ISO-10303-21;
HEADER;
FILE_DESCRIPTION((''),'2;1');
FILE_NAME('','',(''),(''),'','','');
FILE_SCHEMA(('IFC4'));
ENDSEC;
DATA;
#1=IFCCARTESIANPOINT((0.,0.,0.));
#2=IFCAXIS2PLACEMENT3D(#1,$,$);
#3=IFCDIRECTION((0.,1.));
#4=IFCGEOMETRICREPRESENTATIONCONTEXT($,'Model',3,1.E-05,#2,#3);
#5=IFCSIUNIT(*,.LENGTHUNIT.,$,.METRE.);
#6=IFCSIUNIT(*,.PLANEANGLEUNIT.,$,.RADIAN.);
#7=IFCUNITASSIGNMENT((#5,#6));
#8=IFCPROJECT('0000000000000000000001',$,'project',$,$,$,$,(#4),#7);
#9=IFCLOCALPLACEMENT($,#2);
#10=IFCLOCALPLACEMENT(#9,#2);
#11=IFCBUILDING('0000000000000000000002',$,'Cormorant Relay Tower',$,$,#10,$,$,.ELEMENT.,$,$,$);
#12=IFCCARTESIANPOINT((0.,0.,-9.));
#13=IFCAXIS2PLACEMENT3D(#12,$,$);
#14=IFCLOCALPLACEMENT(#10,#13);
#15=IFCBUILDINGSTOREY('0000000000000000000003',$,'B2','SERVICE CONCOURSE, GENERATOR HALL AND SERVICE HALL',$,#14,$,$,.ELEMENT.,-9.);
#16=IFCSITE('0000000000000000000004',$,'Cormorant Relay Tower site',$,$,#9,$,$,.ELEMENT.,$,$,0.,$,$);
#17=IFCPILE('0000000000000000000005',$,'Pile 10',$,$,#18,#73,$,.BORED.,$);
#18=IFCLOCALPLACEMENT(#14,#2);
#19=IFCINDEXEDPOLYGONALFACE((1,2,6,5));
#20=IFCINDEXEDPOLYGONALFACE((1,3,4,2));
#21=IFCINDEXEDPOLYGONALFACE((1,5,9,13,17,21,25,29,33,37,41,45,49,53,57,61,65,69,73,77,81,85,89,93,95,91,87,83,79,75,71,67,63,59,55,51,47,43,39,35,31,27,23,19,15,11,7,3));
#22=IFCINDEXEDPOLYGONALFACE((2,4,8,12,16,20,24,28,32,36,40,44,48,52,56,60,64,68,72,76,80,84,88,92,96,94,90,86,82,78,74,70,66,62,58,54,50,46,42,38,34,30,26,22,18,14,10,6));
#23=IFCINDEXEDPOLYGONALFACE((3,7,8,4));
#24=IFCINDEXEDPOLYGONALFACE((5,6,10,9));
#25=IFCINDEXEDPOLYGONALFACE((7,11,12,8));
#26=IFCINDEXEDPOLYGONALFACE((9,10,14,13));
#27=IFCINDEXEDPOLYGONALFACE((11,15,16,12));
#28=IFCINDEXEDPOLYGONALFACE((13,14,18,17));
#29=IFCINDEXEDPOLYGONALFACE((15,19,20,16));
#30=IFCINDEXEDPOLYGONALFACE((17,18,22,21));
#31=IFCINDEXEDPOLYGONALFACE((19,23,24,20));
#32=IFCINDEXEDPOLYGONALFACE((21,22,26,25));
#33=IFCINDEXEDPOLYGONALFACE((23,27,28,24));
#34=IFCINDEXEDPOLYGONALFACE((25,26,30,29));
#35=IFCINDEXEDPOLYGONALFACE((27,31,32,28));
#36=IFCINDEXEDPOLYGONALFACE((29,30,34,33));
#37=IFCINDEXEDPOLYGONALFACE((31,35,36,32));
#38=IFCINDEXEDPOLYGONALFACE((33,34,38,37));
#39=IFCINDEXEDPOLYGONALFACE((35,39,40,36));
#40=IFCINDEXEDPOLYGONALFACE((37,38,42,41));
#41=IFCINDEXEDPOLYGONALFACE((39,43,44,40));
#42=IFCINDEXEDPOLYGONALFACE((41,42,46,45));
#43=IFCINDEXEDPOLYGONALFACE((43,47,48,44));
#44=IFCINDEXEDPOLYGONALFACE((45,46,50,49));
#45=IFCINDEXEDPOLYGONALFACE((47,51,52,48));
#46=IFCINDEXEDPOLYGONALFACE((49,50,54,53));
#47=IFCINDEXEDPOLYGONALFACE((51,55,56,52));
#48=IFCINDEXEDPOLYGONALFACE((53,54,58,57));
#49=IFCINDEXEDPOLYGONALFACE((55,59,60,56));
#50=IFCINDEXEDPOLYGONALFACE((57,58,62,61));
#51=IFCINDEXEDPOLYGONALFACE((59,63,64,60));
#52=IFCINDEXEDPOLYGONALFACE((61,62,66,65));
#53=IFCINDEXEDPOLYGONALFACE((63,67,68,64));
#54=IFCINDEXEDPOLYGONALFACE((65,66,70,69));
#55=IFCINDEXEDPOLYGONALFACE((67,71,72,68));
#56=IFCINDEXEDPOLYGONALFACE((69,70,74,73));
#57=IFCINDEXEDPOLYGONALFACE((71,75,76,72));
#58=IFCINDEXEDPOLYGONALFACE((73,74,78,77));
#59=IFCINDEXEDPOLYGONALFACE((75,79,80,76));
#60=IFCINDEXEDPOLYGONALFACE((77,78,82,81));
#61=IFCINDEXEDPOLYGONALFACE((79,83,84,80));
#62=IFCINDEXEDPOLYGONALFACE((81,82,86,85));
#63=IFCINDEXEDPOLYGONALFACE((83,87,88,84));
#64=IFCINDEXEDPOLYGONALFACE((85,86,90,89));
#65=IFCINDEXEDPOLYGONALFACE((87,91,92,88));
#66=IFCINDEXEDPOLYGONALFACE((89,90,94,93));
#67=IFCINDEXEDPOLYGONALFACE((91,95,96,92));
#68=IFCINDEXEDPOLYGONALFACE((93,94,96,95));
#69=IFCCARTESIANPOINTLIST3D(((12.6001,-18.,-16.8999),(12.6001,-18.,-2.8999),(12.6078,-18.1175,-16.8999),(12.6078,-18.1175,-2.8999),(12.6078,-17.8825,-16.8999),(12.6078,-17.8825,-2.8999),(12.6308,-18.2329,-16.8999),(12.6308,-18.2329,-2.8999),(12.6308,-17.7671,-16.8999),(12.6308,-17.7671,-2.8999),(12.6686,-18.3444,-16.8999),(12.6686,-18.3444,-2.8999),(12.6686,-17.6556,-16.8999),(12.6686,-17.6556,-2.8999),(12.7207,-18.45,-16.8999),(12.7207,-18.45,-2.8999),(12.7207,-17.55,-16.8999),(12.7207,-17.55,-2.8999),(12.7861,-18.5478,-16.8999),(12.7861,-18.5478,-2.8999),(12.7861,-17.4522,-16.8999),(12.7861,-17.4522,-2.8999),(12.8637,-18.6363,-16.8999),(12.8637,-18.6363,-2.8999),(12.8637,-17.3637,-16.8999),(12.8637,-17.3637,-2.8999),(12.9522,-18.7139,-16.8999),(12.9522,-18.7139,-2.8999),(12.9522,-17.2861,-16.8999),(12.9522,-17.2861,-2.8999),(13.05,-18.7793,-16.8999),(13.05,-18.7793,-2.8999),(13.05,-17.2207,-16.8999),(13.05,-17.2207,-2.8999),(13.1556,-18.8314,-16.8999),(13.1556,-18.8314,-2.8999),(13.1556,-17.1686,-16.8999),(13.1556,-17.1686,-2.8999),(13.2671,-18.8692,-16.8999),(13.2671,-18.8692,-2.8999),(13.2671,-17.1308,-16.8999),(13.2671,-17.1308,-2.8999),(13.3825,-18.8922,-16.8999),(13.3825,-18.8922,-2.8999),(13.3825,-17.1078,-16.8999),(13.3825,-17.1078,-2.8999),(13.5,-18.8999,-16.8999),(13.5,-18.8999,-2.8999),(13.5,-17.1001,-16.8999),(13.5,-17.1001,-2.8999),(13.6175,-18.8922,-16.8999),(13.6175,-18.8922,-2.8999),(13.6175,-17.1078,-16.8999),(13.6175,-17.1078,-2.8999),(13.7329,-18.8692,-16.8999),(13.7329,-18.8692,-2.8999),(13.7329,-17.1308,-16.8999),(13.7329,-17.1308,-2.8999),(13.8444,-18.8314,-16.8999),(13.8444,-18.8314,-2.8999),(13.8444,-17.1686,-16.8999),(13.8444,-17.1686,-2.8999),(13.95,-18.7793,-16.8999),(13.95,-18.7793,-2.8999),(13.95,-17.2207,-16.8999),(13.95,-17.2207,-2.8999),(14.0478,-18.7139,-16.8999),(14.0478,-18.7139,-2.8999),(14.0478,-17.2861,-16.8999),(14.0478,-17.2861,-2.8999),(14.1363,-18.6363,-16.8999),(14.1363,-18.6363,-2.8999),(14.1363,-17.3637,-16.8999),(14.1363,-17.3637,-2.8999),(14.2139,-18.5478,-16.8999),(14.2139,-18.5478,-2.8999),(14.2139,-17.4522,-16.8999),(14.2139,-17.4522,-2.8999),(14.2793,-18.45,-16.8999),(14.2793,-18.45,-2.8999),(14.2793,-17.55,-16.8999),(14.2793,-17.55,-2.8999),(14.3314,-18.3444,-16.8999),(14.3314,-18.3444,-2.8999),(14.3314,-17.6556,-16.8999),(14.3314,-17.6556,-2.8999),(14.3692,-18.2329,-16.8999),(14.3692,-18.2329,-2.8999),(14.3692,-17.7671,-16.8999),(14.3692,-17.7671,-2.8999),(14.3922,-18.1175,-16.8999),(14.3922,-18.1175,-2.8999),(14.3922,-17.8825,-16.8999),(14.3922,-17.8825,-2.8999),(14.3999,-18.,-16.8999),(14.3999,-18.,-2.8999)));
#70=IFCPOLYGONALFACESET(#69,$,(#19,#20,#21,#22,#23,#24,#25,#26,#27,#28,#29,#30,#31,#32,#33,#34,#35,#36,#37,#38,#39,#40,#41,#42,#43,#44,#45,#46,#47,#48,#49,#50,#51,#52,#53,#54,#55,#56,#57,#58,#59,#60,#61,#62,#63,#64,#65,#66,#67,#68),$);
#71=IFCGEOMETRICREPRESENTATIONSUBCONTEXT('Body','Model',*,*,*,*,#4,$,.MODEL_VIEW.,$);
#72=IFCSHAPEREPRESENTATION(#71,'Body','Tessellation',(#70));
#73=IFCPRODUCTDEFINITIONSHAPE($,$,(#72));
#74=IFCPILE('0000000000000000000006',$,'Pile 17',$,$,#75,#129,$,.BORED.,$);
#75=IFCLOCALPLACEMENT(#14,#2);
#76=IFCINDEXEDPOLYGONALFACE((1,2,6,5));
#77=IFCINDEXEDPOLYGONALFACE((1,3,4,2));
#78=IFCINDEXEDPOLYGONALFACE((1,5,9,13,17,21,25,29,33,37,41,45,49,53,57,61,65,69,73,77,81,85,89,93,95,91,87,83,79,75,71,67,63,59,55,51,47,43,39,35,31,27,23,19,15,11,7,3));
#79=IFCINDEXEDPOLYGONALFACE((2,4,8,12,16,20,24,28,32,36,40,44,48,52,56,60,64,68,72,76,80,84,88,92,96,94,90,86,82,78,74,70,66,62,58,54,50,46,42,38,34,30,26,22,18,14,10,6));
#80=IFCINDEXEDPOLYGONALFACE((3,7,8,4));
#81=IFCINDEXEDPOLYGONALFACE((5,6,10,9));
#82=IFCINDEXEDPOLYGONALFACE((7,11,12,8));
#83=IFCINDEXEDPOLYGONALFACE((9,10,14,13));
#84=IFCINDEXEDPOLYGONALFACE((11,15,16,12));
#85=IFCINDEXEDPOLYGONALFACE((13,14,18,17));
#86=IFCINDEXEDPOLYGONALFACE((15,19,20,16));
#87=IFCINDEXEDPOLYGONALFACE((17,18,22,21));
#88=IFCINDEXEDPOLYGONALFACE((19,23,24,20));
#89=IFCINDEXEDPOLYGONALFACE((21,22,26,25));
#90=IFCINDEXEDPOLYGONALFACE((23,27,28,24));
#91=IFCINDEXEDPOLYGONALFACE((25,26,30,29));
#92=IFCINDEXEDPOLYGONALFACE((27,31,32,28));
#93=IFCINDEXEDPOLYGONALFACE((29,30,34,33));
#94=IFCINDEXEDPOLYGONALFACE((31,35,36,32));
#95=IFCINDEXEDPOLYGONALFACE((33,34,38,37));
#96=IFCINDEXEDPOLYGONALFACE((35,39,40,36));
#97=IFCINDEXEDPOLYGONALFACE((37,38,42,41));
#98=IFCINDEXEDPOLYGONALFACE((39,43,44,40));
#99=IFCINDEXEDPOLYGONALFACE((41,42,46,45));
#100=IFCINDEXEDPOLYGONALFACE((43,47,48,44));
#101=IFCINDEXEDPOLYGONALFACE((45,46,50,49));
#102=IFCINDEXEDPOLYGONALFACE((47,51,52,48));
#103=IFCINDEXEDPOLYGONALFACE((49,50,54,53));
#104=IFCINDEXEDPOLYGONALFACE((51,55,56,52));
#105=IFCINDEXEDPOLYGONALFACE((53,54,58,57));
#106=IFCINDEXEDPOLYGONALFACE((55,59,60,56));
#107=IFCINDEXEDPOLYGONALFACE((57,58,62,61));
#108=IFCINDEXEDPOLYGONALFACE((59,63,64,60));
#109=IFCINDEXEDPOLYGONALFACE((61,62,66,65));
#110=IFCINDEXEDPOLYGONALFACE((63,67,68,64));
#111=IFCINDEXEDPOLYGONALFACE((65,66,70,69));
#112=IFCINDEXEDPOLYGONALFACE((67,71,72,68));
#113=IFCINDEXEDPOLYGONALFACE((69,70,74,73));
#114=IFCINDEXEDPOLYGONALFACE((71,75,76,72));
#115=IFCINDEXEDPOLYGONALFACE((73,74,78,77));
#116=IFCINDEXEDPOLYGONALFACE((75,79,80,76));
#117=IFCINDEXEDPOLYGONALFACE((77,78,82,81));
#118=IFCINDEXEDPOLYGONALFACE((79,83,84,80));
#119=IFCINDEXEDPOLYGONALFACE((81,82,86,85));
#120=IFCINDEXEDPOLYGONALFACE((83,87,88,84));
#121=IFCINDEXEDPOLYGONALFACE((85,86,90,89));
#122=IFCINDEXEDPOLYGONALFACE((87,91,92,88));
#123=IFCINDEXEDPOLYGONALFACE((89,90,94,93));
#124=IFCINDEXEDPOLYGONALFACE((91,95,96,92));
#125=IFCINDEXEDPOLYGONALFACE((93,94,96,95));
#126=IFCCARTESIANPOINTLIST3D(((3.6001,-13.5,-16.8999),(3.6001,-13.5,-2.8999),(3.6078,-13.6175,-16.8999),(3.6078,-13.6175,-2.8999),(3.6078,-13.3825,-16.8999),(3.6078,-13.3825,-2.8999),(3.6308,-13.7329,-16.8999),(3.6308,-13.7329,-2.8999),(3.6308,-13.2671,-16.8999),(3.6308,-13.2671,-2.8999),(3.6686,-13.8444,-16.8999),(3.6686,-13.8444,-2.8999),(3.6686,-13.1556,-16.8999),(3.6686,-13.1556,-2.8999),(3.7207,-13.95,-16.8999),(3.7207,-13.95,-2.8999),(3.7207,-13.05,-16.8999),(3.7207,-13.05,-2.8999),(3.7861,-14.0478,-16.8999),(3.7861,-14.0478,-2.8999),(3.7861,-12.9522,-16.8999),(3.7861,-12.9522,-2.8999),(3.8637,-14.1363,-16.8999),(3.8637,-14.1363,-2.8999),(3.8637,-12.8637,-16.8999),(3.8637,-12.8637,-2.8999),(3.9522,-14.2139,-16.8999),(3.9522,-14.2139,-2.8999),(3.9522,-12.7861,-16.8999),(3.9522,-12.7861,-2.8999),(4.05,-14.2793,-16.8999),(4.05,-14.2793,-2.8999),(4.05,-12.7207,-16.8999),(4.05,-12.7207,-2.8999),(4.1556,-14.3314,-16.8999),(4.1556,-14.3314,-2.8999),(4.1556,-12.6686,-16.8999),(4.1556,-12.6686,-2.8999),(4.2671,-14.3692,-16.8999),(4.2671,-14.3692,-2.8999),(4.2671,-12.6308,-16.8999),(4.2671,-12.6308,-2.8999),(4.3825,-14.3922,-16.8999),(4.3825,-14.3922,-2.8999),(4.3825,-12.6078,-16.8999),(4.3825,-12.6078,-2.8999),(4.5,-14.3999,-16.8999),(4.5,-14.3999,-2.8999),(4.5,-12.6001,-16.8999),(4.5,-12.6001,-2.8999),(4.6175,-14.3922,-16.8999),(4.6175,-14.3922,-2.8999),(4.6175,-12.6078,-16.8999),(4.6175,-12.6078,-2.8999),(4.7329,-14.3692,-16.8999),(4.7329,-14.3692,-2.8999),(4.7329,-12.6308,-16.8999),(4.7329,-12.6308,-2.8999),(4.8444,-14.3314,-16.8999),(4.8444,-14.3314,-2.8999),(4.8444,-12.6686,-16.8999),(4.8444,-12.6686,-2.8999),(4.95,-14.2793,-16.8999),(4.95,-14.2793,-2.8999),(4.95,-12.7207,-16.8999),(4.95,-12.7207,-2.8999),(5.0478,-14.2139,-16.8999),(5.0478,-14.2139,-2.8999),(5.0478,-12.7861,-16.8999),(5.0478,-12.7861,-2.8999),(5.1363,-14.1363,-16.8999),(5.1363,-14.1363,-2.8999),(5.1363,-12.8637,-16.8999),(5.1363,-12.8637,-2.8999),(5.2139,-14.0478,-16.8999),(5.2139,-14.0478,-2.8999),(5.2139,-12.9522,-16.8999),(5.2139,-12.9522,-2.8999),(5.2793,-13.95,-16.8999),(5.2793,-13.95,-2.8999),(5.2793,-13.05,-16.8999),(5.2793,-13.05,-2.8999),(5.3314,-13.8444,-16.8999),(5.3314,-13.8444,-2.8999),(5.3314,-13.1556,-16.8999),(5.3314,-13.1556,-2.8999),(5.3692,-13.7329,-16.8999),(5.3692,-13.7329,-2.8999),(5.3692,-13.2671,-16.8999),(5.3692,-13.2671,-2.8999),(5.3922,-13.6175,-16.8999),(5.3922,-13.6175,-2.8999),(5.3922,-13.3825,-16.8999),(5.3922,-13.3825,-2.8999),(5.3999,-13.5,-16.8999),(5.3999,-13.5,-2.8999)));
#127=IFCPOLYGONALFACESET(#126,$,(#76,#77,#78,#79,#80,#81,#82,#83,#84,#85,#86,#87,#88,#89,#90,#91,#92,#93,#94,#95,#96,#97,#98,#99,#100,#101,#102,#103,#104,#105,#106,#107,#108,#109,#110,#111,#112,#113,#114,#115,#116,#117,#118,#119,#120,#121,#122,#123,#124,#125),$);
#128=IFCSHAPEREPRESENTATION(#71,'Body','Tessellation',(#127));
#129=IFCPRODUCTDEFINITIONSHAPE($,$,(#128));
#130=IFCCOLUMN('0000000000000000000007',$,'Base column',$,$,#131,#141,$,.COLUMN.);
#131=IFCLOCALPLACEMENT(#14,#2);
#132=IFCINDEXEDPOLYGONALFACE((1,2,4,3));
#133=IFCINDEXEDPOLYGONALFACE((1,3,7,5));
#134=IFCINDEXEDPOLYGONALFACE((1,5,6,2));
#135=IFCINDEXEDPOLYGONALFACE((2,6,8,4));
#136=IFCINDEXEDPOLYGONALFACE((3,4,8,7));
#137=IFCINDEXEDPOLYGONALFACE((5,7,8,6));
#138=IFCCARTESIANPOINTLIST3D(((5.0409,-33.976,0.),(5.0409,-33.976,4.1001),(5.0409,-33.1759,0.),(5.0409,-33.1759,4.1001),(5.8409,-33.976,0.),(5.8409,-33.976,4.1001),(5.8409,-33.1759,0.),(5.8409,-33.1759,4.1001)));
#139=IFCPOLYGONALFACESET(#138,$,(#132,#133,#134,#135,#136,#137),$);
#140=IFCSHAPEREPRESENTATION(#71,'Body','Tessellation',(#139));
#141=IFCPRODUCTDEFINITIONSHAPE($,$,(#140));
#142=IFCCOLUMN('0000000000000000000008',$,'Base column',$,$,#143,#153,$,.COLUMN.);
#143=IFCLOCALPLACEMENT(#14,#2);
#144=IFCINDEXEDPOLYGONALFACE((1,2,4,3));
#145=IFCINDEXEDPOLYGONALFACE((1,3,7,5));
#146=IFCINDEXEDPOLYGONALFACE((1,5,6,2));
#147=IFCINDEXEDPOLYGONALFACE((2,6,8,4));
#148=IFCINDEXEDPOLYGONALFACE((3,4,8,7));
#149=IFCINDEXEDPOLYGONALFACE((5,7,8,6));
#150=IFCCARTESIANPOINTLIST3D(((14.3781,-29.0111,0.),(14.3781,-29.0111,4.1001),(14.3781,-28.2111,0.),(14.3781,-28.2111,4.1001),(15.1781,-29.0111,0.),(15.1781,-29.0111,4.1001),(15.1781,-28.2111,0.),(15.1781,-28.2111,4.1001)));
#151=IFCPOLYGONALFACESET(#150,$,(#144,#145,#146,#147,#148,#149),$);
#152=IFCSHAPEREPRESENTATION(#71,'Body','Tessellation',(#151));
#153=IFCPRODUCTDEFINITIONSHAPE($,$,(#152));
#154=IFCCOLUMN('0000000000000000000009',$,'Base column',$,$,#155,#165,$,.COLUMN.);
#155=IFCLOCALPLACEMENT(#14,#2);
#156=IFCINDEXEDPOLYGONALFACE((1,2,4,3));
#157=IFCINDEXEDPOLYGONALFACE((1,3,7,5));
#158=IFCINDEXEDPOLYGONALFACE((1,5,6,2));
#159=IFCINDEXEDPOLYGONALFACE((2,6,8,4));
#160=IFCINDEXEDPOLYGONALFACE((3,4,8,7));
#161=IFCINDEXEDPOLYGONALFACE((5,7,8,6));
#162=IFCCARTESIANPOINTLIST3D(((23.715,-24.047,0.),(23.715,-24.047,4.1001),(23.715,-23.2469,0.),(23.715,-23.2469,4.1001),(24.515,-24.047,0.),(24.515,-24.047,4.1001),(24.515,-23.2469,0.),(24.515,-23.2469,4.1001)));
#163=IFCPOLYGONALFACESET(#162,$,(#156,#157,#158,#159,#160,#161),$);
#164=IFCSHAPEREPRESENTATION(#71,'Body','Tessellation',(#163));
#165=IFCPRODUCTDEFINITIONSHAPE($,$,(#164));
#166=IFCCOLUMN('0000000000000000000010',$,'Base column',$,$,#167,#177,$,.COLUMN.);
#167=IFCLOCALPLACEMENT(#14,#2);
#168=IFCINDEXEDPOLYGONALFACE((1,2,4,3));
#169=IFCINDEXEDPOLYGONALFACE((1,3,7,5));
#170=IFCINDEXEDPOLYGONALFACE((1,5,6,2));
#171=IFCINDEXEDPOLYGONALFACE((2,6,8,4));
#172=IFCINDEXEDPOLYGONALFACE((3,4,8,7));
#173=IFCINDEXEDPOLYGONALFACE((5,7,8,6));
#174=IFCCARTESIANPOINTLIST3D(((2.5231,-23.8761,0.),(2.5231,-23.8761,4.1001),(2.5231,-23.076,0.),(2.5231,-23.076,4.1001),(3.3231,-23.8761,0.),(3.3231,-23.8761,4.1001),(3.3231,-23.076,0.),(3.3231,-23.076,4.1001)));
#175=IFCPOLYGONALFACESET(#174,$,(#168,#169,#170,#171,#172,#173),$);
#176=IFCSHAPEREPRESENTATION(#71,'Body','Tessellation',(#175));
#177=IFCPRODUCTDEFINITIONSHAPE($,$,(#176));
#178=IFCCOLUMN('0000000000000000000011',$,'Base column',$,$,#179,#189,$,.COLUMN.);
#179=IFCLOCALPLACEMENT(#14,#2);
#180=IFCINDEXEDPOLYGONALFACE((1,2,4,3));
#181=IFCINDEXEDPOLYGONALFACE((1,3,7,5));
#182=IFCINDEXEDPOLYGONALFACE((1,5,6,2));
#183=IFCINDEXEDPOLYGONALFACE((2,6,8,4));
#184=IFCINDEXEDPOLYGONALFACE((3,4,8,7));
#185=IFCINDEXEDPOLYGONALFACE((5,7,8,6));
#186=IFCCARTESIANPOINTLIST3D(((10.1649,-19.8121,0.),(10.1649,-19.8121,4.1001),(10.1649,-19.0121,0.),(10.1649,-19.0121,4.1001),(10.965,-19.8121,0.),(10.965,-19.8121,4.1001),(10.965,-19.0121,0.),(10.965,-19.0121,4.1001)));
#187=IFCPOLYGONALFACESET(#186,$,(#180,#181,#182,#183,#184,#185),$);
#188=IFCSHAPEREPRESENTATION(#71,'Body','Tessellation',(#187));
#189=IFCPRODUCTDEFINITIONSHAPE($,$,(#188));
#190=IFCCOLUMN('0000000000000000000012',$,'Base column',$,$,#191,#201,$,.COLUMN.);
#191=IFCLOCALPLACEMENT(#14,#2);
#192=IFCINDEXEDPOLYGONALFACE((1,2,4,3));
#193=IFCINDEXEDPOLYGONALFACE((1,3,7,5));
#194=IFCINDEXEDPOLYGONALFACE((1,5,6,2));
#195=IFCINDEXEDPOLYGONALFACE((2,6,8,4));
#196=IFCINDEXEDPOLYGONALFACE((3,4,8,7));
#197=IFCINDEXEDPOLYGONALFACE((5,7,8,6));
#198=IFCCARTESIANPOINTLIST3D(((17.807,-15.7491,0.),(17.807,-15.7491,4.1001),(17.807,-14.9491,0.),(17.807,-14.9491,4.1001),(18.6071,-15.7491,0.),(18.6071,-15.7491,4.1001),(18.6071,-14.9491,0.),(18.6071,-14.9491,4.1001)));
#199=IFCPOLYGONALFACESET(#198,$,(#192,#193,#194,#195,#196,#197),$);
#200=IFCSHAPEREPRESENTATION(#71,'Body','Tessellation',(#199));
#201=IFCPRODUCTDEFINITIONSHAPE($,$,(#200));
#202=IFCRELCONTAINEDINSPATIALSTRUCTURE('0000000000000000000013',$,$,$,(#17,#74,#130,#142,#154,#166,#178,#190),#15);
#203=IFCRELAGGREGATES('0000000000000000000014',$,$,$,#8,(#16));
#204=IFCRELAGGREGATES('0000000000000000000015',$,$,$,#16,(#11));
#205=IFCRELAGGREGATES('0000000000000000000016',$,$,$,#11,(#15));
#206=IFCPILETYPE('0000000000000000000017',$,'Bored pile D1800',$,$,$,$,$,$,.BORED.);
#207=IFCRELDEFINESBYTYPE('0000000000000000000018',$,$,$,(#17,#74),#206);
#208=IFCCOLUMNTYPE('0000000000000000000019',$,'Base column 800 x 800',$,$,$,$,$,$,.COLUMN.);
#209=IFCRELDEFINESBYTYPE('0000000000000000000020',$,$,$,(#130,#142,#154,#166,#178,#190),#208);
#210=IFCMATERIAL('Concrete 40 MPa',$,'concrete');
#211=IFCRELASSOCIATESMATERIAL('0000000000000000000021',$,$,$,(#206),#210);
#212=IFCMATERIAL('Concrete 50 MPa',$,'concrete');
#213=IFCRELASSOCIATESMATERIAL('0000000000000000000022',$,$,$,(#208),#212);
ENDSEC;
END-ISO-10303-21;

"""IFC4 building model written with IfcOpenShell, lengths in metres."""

from ifc_helpers import new_model, si_unit, direction, frame, origin, origin_2d, place, context, subcontext, project, spatial, rectangle, circle, extrude, material, material_profile, profile_set, type_object, element, save


model = new_model("IFC4")

# Units and contexts
model_context = context("Model", 3, precision=1e-05, world=origin(), true_north=direction((0.0, 1.0)))
body_context = subcontext(model_context, "Body", "Model", "MODEL_VIEW")
ifc_project = project(units=[si_unit("LENGTHUNIT", "METRE"), si_unit("PLANEANGLEUNIT", "RADIAN")], contexts=[model_context])

# Site, building, storey
site_placement = place(None, origin())
site = spatial("IfcSite", under=ifc_project, at=site_placement, Name="Cormorant Relay Tower site", CompositionType="ELEMENT", RefElevation=0.0)
building_placement = place(site_placement, origin())
building = spatial("IfcBuilding", under=site, at=building_placement, Name="Cormorant Relay Tower", CompositionType="ELEMENT")
storey_placement = place(building_placement, frame((0.0, 0.0, -9.0)))
storey = spatial("IfcBuildingStorey", under=building, at=storey_placement, Name="B2", Description="SERVICE CONCOURSE, GENERATOR HALL AND SERVICE HALL", CompositionType="ELEMENT", Elevation=-9.0)

# Piles
ifc_material_1 = material(Name="Concrete 40 MPa", Category="concrete")
ifc_material_profile_1 = material_profile(ifc_material_1, circle(Radius=0.8999, at=origin_2d()), Name="BP1800")
ifc_profile_set_1 = profile_set([ifc_material_profile_1], Name="Concrete 40 MPa")
pile_type = type_object("IfcPileType", Name="Bored pile D1800", PredefinedType="BORED", material=ifc_profile_set_1)
for number, where, z_axis, x_axis, name in (
    (1, (13.5, -18.0, -2.8999), (0.0, 0.0, -1.0), (1.0, 0.0, 0.0), "Pile 10"),
    (2, (4.5, -13.5, -2.8999), (0.0, 0.0, -1.0), (1.0, 0.0, 0.0), "Pile 17"),
):
    element("IfcPile", number, at=place(storey_placement, frame(where, z_axis=z_axis, x_axis=x_axis)), inside=storey, type_object=pile_type, Name=name, PredefinedType="BORED", context=body_context, shape_type="SweptSolid", body=[
        extrude(circle(Radius=0.8999, at=origin_2d()), origin(), (0.0, 0.0, 1.0), 14.0),
    ])

# Columns
ifc_material_2 = material(Name="Concrete 50 MPa", Category="concrete")
ifc_material_profile_2 = material_profile(ifc_material_2, rectangle(XDim=0.8, YDim=0.8, at=origin_2d()), Name="RC 800x800")
ifc_profile_set_2 = profile_set([ifc_material_profile_2], Name="Concrete 50 MPa")
column_type_1 = type_object("IfcColumnType", Name="Base column 800 x 800", PredefinedType="COLUMN", material=ifc_profile_set_2)
for number, where, z_axis, x_axis, name in (
    (3, (5.4409, -33.5759, 0.0), (0.0, 0.0, 1.0), (1.0, 0.0, 0.0), "Base column"),
    (4, (14.7781, -28.6111, 0.0), (0.0, 0.0, 1.0), (1.0, 0.0, 0.0), "Base column"),
    (5, (24.115, -23.647, 0.0), (0.0, 0.0, 1.0), (1.0, 0.0, 0.0), "Base column"),
    (6, (2.9231, -23.4761, 0.0), (0.0, 0.0, 1.0), (1.0, 0.0, 0.0), "Base column"),
    (7, (10.5649, -19.4121, 0.0), (0.0, 0.0, 1.0), (1.0, 0.0, 0.0), "Base column"),
    (8, (18.207, -15.3491, 0.0), (0.0, 0.0, 1.0), (1.0, 0.0, 0.0), "Base column"),
):
    element("IfcColumn", number, at=place(storey_placement, frame(where, z_axis=z_axis, x_axis=x_axis)), inside=storey, type_object=column_type_1, Name=name, PredefinedType="COLUMN", context=body_context, shape_type="SweptSolid", body=[
        extrude(rectangle(XDim=0.8, YDim=0.8, at=origin_2d()), origin(), (0.0, 0.0, 1.0), 4.1001),
    ])

save(model, "model.ifc")
